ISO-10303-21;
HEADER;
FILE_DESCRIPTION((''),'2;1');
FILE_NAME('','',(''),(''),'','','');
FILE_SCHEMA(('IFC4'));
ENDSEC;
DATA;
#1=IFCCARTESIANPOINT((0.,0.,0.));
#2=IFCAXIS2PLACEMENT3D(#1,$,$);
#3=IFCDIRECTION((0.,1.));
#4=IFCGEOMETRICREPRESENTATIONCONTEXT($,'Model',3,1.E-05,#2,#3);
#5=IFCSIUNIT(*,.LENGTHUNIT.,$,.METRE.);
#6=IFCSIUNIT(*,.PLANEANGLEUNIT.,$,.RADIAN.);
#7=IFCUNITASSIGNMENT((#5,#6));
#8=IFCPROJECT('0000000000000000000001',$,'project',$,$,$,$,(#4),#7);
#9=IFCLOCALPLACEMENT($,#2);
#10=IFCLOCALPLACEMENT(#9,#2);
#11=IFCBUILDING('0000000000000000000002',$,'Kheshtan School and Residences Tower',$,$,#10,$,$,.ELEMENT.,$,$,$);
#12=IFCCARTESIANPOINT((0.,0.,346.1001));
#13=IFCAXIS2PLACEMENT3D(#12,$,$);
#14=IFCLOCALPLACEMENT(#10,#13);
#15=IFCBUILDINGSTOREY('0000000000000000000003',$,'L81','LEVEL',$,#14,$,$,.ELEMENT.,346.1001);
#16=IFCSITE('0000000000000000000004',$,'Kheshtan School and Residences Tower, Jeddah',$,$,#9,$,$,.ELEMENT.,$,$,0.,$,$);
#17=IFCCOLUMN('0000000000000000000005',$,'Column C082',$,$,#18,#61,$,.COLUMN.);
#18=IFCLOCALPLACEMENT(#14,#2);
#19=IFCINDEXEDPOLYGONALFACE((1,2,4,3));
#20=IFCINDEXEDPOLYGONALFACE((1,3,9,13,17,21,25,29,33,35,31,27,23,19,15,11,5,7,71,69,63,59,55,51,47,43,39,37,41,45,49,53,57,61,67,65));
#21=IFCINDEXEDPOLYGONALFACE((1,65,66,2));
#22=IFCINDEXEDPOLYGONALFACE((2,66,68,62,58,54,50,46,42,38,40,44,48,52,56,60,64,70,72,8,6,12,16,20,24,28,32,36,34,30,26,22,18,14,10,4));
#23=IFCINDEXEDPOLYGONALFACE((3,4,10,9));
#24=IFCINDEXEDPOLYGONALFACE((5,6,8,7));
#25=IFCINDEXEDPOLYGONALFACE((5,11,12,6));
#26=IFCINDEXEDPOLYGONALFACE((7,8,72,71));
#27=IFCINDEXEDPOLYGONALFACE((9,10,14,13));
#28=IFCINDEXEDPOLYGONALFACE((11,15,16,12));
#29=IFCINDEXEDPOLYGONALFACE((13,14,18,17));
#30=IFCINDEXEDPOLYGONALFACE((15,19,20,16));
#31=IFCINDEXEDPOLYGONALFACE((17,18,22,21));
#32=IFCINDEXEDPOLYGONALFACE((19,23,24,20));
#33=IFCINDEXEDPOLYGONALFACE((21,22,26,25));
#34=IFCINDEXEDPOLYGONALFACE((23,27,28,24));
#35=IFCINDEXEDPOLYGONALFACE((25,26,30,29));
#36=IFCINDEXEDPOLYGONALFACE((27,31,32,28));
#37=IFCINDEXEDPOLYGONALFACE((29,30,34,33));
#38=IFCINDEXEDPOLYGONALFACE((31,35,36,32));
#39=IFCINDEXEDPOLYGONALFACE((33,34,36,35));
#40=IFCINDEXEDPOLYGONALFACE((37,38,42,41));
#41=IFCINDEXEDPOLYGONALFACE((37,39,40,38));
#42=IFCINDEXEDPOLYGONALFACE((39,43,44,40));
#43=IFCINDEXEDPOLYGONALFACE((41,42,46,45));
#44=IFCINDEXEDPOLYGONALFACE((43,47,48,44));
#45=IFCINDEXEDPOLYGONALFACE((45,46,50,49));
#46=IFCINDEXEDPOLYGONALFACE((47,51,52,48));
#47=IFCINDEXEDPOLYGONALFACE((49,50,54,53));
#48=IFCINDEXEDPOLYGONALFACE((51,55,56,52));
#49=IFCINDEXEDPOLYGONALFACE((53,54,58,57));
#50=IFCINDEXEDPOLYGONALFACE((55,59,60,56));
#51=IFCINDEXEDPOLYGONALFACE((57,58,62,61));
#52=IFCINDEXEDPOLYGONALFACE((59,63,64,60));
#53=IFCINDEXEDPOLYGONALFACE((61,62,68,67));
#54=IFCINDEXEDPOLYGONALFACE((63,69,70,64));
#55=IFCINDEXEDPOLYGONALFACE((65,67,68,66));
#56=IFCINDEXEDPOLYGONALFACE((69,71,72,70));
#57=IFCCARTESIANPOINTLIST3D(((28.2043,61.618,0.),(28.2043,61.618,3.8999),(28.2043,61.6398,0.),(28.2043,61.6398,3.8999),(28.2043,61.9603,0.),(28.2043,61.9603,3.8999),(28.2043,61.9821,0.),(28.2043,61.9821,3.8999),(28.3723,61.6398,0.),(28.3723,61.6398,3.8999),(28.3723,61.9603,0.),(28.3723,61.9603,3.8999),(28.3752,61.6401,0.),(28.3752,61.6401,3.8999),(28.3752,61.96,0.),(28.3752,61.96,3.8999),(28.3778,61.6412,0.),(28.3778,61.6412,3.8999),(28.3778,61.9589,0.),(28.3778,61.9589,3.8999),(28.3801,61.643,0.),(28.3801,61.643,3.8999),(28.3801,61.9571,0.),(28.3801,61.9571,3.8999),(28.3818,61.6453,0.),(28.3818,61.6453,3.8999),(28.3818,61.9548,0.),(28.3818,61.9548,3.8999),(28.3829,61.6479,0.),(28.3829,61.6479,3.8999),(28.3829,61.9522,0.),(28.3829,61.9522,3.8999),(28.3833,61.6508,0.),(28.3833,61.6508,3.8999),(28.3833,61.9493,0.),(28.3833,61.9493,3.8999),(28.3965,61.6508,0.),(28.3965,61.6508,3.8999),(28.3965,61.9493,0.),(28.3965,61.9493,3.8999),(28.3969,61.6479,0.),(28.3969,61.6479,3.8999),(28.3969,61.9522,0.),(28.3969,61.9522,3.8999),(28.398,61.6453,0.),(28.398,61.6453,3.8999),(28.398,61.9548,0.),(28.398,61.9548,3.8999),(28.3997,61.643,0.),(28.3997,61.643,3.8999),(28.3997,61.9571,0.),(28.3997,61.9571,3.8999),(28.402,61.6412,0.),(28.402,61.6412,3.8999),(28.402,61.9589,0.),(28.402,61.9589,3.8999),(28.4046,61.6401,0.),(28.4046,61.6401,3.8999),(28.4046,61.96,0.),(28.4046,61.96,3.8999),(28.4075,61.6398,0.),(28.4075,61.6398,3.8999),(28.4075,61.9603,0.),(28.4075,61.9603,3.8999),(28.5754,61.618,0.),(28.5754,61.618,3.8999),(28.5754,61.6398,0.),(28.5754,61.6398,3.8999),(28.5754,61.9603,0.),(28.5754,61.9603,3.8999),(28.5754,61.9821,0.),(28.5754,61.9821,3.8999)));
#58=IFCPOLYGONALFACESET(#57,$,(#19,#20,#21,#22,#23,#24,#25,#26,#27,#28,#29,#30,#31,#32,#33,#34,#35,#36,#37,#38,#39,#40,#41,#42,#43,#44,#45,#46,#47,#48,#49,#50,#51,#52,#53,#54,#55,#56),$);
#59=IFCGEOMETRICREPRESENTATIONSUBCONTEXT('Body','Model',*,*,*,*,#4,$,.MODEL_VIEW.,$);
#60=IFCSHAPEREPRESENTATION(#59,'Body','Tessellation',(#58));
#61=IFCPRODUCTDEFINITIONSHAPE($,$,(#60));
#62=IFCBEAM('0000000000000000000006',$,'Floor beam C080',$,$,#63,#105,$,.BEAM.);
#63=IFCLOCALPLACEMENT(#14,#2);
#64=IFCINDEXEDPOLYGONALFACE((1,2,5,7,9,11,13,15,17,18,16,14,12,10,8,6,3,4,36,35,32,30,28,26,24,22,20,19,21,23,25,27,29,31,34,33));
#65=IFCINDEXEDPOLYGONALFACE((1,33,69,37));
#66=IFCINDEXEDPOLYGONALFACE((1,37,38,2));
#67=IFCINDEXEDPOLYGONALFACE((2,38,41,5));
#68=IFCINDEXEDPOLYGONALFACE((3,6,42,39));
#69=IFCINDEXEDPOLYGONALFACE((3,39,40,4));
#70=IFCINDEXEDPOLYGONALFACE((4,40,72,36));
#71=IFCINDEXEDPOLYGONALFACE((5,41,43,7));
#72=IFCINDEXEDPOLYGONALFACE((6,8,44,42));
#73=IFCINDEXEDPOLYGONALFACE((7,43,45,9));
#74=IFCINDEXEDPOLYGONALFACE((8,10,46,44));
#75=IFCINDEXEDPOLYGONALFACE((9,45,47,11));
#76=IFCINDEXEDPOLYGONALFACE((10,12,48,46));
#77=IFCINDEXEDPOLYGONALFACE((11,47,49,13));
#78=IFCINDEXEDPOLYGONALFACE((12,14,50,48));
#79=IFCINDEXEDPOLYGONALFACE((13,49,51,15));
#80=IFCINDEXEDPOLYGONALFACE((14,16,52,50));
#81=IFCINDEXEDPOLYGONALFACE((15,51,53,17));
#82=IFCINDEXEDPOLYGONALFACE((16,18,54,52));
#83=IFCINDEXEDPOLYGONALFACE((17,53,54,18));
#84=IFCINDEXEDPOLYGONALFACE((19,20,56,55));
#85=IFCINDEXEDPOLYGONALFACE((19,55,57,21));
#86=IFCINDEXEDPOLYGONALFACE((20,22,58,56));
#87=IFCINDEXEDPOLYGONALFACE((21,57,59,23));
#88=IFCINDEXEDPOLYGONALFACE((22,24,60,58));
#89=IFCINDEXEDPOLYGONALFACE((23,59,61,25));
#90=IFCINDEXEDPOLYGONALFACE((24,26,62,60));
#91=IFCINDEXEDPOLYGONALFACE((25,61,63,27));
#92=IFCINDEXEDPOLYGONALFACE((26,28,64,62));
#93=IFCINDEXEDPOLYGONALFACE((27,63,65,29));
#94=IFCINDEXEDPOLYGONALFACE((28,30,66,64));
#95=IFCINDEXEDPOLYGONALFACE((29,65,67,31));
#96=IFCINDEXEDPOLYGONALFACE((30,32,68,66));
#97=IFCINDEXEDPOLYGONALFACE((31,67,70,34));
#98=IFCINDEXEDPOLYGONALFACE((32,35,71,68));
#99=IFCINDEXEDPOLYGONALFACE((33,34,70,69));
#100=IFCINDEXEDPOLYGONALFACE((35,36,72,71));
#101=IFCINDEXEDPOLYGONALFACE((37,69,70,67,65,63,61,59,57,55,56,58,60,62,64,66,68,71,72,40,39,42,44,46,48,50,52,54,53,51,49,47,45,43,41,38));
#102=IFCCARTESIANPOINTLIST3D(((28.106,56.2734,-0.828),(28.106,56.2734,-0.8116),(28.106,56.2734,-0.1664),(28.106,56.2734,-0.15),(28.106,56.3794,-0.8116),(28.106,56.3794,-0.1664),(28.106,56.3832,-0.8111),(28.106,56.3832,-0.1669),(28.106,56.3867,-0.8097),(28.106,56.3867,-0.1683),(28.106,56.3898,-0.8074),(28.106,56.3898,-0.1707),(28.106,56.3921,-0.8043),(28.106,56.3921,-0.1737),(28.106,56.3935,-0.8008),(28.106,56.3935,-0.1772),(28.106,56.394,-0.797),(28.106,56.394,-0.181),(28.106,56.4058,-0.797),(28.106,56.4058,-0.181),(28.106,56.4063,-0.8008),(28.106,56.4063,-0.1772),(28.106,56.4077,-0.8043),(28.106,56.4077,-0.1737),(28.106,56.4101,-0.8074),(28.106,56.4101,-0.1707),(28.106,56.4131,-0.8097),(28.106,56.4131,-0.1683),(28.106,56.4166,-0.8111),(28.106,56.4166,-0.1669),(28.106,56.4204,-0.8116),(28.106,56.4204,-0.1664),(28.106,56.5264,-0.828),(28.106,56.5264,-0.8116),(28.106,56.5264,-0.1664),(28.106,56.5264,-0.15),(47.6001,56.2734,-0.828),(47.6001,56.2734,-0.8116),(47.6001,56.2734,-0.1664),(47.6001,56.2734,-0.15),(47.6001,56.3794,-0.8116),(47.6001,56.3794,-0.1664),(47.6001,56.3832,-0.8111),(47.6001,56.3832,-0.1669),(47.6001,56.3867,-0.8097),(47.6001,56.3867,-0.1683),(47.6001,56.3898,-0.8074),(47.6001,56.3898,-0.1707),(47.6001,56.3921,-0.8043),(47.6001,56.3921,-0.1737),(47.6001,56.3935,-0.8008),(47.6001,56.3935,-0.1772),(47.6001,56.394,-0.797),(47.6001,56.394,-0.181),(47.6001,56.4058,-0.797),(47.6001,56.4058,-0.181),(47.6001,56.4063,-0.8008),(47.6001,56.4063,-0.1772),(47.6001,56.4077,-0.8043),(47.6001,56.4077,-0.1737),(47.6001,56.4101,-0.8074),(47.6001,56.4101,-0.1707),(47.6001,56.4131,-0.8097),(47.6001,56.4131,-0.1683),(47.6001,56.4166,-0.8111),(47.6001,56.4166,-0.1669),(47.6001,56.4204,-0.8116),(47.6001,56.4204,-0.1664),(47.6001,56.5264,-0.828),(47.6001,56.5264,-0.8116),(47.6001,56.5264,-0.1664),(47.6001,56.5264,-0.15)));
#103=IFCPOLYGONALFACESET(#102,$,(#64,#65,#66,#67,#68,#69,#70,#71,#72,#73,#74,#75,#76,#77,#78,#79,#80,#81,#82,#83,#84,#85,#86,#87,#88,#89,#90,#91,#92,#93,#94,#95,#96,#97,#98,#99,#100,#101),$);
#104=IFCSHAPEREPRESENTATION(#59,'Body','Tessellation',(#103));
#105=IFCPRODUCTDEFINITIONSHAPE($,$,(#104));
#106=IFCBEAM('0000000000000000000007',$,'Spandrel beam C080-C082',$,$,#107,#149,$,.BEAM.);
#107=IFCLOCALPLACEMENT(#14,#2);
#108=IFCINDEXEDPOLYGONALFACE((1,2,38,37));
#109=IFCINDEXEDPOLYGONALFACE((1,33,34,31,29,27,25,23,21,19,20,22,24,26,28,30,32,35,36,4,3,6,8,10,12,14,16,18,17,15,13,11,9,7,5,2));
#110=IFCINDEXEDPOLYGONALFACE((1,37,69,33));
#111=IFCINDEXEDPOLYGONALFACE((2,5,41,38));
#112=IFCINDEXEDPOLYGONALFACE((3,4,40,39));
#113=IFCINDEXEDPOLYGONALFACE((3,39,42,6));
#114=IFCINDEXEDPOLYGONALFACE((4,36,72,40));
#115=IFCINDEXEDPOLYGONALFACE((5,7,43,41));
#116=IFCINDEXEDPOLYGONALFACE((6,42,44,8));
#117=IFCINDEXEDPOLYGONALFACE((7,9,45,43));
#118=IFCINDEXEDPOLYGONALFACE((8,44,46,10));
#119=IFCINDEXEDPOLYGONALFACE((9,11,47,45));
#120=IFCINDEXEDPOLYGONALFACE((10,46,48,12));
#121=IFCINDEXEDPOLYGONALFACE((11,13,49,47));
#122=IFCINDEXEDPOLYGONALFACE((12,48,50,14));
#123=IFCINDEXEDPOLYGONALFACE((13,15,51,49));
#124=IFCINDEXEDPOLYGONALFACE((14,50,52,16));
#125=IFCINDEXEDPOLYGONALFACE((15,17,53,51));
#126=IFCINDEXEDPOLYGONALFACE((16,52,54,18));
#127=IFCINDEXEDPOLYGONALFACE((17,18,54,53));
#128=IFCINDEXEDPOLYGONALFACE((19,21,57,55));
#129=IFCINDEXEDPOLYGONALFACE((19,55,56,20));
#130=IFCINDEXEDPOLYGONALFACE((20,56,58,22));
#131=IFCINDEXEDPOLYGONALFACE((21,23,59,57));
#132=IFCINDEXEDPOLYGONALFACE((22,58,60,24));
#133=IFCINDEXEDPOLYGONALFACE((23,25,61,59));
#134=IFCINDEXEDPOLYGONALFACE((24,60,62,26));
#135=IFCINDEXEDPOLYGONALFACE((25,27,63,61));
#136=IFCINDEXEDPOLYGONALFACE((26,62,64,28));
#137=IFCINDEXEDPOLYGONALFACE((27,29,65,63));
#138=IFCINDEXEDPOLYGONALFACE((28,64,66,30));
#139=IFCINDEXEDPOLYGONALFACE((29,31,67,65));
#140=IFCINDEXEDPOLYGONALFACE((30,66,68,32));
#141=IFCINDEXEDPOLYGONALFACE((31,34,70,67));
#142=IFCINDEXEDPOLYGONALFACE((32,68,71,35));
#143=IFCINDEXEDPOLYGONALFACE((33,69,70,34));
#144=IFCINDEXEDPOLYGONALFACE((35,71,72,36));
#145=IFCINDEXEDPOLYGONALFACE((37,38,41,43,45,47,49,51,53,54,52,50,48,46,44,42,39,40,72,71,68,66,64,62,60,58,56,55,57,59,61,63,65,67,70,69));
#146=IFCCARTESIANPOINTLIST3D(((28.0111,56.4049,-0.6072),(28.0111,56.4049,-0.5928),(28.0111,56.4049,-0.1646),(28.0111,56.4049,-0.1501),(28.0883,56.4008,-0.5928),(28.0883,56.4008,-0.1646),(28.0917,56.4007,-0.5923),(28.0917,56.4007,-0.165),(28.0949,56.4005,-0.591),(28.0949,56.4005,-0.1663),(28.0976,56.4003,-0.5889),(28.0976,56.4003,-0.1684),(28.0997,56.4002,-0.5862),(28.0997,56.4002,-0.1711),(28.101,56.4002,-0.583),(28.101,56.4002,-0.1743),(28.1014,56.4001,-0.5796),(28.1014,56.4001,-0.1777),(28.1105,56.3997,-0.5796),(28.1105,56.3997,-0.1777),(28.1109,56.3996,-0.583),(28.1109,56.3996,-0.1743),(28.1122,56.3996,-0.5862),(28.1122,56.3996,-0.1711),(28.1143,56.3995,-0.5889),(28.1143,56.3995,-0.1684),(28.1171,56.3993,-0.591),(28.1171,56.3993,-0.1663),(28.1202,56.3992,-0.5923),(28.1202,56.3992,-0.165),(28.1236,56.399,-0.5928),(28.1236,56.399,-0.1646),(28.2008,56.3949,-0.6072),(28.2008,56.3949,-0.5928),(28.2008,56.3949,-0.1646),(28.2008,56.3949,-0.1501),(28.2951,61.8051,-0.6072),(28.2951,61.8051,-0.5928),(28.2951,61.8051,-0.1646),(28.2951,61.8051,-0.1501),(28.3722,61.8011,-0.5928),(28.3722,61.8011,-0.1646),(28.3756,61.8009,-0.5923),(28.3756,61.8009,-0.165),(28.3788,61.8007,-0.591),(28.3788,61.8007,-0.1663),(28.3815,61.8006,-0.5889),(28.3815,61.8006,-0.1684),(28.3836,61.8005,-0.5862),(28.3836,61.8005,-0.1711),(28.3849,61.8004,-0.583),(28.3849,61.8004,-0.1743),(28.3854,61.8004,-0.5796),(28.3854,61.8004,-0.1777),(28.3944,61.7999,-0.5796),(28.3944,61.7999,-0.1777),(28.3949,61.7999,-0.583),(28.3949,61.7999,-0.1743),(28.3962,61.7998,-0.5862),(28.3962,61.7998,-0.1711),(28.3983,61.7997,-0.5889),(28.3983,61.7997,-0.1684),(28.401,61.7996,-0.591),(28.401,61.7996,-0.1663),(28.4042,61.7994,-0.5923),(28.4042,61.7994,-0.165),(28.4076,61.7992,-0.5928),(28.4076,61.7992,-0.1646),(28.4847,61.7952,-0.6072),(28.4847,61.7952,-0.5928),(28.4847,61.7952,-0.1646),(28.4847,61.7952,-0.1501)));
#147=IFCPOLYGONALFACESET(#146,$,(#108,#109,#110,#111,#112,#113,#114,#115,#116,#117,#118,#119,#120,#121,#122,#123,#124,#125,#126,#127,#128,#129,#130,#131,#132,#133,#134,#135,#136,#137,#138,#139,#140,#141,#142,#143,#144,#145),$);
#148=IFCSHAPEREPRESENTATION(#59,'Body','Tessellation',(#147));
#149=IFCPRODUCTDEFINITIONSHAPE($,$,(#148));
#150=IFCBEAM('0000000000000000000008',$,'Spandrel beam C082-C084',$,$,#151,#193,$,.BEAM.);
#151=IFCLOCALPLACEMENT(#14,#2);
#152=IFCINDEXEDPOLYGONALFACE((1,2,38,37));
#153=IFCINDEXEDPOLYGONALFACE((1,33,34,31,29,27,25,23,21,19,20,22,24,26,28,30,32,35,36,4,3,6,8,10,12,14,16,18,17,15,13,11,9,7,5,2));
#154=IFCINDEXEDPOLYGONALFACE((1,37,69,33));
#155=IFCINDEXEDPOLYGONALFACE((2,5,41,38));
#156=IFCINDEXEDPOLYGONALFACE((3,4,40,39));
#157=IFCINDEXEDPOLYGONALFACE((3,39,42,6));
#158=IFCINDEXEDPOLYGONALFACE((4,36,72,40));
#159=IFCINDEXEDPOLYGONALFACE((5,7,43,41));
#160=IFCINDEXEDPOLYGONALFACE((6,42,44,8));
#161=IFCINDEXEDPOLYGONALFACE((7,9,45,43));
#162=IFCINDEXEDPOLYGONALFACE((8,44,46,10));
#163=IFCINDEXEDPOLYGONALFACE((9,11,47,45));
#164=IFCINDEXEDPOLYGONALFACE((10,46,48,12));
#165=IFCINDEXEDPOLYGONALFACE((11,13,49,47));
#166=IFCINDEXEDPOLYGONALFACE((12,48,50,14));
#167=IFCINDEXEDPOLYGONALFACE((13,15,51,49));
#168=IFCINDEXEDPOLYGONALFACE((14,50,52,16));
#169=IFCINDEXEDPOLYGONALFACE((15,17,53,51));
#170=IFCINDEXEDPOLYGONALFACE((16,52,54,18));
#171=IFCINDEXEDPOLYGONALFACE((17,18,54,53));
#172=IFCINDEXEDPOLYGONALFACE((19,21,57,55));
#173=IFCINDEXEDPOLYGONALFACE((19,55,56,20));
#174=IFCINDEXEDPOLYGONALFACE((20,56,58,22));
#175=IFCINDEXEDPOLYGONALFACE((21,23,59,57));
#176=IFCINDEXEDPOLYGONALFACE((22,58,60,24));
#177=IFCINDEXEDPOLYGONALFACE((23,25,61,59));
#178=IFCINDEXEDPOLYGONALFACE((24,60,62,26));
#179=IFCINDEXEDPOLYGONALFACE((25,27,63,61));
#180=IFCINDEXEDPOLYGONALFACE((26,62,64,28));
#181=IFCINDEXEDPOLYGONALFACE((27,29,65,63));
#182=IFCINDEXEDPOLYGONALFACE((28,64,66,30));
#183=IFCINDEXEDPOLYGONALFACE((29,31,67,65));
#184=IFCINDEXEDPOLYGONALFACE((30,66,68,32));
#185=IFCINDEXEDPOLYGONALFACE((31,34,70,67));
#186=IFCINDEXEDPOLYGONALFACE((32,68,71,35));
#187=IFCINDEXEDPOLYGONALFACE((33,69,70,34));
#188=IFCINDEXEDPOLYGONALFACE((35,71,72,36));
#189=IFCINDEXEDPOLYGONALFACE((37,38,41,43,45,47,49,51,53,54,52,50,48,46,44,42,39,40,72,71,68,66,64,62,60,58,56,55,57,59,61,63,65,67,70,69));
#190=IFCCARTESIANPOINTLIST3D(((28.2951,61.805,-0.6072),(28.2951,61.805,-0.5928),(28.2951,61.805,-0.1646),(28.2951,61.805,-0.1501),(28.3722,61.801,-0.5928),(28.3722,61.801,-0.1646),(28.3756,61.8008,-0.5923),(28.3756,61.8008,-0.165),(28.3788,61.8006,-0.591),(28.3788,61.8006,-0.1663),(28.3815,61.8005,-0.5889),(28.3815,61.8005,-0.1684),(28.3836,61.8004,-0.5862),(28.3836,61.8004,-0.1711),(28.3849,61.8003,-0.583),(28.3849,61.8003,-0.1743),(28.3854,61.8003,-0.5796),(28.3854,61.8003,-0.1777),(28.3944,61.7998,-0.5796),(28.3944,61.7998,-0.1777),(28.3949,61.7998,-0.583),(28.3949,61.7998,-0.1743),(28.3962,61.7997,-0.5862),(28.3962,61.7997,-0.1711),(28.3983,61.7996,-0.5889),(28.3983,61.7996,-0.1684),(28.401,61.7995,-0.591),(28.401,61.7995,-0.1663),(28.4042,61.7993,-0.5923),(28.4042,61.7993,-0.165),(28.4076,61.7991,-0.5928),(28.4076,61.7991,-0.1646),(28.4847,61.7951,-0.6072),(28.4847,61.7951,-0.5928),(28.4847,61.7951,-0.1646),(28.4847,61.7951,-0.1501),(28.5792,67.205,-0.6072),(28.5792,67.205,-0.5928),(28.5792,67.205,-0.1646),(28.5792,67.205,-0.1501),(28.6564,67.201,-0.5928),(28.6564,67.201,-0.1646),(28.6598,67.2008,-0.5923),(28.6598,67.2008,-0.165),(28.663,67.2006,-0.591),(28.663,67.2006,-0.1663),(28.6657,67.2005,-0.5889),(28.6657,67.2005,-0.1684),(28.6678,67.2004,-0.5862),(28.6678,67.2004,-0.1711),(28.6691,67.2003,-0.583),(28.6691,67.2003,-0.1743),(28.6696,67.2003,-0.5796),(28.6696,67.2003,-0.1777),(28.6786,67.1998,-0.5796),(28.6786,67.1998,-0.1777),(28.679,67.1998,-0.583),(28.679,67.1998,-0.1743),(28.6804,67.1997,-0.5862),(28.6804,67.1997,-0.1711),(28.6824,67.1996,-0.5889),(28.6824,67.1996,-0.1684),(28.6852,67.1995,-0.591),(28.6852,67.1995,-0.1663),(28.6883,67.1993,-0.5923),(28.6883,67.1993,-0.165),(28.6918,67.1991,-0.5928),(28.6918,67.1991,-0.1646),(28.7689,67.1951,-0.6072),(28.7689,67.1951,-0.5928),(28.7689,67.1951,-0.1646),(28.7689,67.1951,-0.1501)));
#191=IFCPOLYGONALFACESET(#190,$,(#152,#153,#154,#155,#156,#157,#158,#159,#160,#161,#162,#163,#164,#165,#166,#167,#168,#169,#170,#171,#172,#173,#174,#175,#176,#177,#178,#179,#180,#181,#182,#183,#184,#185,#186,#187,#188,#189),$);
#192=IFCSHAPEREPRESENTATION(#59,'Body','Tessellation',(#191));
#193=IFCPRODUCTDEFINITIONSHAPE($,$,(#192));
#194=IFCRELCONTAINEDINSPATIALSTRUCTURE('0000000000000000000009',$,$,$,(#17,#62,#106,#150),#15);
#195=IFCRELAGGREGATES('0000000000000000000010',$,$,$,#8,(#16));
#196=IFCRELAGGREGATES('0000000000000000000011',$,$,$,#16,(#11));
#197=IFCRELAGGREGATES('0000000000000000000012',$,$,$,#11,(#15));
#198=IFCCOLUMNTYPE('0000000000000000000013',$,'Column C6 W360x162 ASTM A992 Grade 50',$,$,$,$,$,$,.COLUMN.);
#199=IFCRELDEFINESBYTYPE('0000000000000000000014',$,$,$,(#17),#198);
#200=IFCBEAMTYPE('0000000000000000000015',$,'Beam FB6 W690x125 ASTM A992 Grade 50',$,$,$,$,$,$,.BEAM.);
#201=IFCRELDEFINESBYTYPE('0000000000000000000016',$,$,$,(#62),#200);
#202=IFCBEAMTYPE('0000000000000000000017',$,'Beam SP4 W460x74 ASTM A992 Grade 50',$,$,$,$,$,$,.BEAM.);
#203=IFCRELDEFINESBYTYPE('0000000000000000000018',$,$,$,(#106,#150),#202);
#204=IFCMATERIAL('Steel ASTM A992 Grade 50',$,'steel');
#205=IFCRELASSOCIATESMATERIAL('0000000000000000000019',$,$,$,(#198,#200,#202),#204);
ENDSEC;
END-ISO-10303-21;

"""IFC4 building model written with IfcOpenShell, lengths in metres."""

from ifc_helpers import new_model, si_unit, direction, frame, origin, origin_2d, place, context, subcontext, project, spatial, i_section, extrude, material, material_profile, profile_set, type_object, element, save


model = new_model("IFC4")

# Units and contexts
model_context = context("Model", 3, precision=1e-05, world=origin(), true_north=direction((0.0, 1.0)))
body_context = subcontext(model_context, "Body", "Model", "MODEL_VIEW")
ifc_project = project(units=[si_unit("LENGTHUNIT", "METRE"), si_unit("PLANEANGLEUNIT", "RADIAN")], contexts=[model_context])

# Site, building, storey
site_placement = place(None, origin())
site = spatial("IfcSite", under=ifc_project, at=site_placement, Name="Kheshtan School and Residences Tower, Jeddah", CompositionType="ELEMENT", RefElevation=0.0)
building_placement = place(site_placement, origin())
building = spatial("IfcBuilding", under=site, at=building_placement, Name="Kheshtan School and Residences Tower", CompositionType="ELEMENT")
storey_placement = place(building_placement, frame((0.0, 0.0, 346.1001)))
storey = spatial("IfcBuildingStorey", under=building, at=storey_placement, Name="L81", Description="LEVEL", CompositionType="ELEMENT", Elevation=346.1001)

# Column
ifc_material_1 = material(Name="Steel ASTM A992 Grade 50", Category="steel")
ifc_material_profile_1 = material_profile(ifc_material_1, i_section(OverallWidth=0.3711, OverallDepth=0.364, WebThickness=0.0132, FlangeThickness=0.0217, FilletRadius=0.011, at=origin_2d()), Name="W360x162")
ifc_profile_set_1 = profile_set([ifc_material_profile_1], Name="Steel ASTM A992 Grade 50")
column_type = type_object("IfcColumnType", Name="Column C6 W360x162 ASTM A992 Grade 50", PredefinedType="COLUMN", material=ifc_profile_set_1)
column_placement = place(storey_placement, frame((28.3899, 61.8, 0.0), z_axis=(0.0, 0.0, 1.0), x_axis=(1.0, 0.0, 0.0)))
element("IfcColumn", 1, at=column_placement, inside=storey, type_object=column_type, Name="Column C082", PredefinedType="COLUMN", context=body_context, shape_type="SweptSolid", body=[
    extrude(i_section(OverallWidth=0.3711, OverallDepth=0.364, WebThickness=0.0132, FlangeThickness=0.0217, FilletRadius=0.011, at=origin_2d()), origin(), (0.0, 0.0, 1.0), 3.8999),
])

# Beams
ifc_material_profile_2 = material_profile(ifc_material_1, i_section(OverallWidth=0.2529, OverallDepth=0.678, WebThickness=0.0117, FlangeThickness=0.0164, FilletRadius=0.0146, at=origin_2d()), Name="W690x125")
ifc_profile_set_2 = profile_set([ifc_material_profile_2], Name="Steel ASTM A992 Grade 50")
beam_type_1 = type_object("IfcBeamType", Name="Beam FB6 W690x125 ASTM A992 Grade 50", PredefinedType="BEAM", material=ifc_profile_set_2)
beam_1_placement = place(storey_placement, frame((28.106, 56.3999, -0.489), z_axis=(1.0, 0.0, 0.0), x_axis=(0.0, 1.0, 0.0)))
element("IfcBeam", 2, at=beam_1_placement, inside=storey, type_object=beam_type_1, Name="Floor beam C080", PredefinedType="BEAM", context=body_context, shape_type="SweptSolid", body=[
    extrude(i_section(OverallWidth=0.2529, OverallDepth=0.678, WebThickness=0.0117, FlangeThickness=0.0164, FilletRadius=0.0146, at=origin_2d()), origin(), (0.0, 0.0, 1.0), 19.4941),
])
ifc_material_profile_3 = material_profile(ifc_material_1, i_section(OverallWidth=0.1899, OverallDepth=0.457, WebThickness=0.009, FlangeThickness=0.0144, FilletRadius=0.0132, at=origin_2d()), Name="W460x74")
ifc_profile_set_3 = profile_set([ifc_material_profile_3], Name="Steel ASTM A992 Grade 50")
beam_type_2 = type_object("IfcBeamType", Name="Beam SP4 W460x74 ASTM A992 Grade 50", PredefinedType="BEAM", material=ifc_profile_set_3)
beam_2_placement = place(storey_placement, frame((28.106, 56.3999, -0.3787), z_axis=(0.052507, 0.998621, 0.0), x_axis=(-0.998621, 0.052507, 0.0)))
element("IfcBeam", 3, at=beam_2_placement, inside=storey, type_object=beam_type_2, Name="Spandrel beam C080-C082", PredefinedType="BEAM", context=body_context, shape_type="SweptSolid", body=[
    extrude(i_section(OverallWidth=0.1899, OverallDepth=0.457, WebThickness=0.009, FlangeThickness=0.0144, FilletRadius=0.0132, at=origin_2d()), origin(), (0.0, 0.0, 1.0), 5.4077),
])
beam_3_placement = place(storey_placement, frame((28.3899, 61.8, -0.3787), z_axis=(0.052554, 0.998618, 0.0), x_axis=(-0.998618, 0.052554, 0.0)))
element("IfcBeam", 4, at=beam_3_placement, inside=storey, type_object=beam_type_2, Name="Spandrel beam C082-C084", PredefinedType="BEAM", context=body_context, shape_type="SweptSolid", body=[
    extrude(i_section(OverallWidth=0.1899, OverallDepth=0.457, WebThickness=0.009, FlangeThickness=0.0144, FilletRadius=0.0132, at=origin_2d()), origin(), (0.0, 0.0, 1.0), 5.4075),
])

save(model, "model.ifc")
